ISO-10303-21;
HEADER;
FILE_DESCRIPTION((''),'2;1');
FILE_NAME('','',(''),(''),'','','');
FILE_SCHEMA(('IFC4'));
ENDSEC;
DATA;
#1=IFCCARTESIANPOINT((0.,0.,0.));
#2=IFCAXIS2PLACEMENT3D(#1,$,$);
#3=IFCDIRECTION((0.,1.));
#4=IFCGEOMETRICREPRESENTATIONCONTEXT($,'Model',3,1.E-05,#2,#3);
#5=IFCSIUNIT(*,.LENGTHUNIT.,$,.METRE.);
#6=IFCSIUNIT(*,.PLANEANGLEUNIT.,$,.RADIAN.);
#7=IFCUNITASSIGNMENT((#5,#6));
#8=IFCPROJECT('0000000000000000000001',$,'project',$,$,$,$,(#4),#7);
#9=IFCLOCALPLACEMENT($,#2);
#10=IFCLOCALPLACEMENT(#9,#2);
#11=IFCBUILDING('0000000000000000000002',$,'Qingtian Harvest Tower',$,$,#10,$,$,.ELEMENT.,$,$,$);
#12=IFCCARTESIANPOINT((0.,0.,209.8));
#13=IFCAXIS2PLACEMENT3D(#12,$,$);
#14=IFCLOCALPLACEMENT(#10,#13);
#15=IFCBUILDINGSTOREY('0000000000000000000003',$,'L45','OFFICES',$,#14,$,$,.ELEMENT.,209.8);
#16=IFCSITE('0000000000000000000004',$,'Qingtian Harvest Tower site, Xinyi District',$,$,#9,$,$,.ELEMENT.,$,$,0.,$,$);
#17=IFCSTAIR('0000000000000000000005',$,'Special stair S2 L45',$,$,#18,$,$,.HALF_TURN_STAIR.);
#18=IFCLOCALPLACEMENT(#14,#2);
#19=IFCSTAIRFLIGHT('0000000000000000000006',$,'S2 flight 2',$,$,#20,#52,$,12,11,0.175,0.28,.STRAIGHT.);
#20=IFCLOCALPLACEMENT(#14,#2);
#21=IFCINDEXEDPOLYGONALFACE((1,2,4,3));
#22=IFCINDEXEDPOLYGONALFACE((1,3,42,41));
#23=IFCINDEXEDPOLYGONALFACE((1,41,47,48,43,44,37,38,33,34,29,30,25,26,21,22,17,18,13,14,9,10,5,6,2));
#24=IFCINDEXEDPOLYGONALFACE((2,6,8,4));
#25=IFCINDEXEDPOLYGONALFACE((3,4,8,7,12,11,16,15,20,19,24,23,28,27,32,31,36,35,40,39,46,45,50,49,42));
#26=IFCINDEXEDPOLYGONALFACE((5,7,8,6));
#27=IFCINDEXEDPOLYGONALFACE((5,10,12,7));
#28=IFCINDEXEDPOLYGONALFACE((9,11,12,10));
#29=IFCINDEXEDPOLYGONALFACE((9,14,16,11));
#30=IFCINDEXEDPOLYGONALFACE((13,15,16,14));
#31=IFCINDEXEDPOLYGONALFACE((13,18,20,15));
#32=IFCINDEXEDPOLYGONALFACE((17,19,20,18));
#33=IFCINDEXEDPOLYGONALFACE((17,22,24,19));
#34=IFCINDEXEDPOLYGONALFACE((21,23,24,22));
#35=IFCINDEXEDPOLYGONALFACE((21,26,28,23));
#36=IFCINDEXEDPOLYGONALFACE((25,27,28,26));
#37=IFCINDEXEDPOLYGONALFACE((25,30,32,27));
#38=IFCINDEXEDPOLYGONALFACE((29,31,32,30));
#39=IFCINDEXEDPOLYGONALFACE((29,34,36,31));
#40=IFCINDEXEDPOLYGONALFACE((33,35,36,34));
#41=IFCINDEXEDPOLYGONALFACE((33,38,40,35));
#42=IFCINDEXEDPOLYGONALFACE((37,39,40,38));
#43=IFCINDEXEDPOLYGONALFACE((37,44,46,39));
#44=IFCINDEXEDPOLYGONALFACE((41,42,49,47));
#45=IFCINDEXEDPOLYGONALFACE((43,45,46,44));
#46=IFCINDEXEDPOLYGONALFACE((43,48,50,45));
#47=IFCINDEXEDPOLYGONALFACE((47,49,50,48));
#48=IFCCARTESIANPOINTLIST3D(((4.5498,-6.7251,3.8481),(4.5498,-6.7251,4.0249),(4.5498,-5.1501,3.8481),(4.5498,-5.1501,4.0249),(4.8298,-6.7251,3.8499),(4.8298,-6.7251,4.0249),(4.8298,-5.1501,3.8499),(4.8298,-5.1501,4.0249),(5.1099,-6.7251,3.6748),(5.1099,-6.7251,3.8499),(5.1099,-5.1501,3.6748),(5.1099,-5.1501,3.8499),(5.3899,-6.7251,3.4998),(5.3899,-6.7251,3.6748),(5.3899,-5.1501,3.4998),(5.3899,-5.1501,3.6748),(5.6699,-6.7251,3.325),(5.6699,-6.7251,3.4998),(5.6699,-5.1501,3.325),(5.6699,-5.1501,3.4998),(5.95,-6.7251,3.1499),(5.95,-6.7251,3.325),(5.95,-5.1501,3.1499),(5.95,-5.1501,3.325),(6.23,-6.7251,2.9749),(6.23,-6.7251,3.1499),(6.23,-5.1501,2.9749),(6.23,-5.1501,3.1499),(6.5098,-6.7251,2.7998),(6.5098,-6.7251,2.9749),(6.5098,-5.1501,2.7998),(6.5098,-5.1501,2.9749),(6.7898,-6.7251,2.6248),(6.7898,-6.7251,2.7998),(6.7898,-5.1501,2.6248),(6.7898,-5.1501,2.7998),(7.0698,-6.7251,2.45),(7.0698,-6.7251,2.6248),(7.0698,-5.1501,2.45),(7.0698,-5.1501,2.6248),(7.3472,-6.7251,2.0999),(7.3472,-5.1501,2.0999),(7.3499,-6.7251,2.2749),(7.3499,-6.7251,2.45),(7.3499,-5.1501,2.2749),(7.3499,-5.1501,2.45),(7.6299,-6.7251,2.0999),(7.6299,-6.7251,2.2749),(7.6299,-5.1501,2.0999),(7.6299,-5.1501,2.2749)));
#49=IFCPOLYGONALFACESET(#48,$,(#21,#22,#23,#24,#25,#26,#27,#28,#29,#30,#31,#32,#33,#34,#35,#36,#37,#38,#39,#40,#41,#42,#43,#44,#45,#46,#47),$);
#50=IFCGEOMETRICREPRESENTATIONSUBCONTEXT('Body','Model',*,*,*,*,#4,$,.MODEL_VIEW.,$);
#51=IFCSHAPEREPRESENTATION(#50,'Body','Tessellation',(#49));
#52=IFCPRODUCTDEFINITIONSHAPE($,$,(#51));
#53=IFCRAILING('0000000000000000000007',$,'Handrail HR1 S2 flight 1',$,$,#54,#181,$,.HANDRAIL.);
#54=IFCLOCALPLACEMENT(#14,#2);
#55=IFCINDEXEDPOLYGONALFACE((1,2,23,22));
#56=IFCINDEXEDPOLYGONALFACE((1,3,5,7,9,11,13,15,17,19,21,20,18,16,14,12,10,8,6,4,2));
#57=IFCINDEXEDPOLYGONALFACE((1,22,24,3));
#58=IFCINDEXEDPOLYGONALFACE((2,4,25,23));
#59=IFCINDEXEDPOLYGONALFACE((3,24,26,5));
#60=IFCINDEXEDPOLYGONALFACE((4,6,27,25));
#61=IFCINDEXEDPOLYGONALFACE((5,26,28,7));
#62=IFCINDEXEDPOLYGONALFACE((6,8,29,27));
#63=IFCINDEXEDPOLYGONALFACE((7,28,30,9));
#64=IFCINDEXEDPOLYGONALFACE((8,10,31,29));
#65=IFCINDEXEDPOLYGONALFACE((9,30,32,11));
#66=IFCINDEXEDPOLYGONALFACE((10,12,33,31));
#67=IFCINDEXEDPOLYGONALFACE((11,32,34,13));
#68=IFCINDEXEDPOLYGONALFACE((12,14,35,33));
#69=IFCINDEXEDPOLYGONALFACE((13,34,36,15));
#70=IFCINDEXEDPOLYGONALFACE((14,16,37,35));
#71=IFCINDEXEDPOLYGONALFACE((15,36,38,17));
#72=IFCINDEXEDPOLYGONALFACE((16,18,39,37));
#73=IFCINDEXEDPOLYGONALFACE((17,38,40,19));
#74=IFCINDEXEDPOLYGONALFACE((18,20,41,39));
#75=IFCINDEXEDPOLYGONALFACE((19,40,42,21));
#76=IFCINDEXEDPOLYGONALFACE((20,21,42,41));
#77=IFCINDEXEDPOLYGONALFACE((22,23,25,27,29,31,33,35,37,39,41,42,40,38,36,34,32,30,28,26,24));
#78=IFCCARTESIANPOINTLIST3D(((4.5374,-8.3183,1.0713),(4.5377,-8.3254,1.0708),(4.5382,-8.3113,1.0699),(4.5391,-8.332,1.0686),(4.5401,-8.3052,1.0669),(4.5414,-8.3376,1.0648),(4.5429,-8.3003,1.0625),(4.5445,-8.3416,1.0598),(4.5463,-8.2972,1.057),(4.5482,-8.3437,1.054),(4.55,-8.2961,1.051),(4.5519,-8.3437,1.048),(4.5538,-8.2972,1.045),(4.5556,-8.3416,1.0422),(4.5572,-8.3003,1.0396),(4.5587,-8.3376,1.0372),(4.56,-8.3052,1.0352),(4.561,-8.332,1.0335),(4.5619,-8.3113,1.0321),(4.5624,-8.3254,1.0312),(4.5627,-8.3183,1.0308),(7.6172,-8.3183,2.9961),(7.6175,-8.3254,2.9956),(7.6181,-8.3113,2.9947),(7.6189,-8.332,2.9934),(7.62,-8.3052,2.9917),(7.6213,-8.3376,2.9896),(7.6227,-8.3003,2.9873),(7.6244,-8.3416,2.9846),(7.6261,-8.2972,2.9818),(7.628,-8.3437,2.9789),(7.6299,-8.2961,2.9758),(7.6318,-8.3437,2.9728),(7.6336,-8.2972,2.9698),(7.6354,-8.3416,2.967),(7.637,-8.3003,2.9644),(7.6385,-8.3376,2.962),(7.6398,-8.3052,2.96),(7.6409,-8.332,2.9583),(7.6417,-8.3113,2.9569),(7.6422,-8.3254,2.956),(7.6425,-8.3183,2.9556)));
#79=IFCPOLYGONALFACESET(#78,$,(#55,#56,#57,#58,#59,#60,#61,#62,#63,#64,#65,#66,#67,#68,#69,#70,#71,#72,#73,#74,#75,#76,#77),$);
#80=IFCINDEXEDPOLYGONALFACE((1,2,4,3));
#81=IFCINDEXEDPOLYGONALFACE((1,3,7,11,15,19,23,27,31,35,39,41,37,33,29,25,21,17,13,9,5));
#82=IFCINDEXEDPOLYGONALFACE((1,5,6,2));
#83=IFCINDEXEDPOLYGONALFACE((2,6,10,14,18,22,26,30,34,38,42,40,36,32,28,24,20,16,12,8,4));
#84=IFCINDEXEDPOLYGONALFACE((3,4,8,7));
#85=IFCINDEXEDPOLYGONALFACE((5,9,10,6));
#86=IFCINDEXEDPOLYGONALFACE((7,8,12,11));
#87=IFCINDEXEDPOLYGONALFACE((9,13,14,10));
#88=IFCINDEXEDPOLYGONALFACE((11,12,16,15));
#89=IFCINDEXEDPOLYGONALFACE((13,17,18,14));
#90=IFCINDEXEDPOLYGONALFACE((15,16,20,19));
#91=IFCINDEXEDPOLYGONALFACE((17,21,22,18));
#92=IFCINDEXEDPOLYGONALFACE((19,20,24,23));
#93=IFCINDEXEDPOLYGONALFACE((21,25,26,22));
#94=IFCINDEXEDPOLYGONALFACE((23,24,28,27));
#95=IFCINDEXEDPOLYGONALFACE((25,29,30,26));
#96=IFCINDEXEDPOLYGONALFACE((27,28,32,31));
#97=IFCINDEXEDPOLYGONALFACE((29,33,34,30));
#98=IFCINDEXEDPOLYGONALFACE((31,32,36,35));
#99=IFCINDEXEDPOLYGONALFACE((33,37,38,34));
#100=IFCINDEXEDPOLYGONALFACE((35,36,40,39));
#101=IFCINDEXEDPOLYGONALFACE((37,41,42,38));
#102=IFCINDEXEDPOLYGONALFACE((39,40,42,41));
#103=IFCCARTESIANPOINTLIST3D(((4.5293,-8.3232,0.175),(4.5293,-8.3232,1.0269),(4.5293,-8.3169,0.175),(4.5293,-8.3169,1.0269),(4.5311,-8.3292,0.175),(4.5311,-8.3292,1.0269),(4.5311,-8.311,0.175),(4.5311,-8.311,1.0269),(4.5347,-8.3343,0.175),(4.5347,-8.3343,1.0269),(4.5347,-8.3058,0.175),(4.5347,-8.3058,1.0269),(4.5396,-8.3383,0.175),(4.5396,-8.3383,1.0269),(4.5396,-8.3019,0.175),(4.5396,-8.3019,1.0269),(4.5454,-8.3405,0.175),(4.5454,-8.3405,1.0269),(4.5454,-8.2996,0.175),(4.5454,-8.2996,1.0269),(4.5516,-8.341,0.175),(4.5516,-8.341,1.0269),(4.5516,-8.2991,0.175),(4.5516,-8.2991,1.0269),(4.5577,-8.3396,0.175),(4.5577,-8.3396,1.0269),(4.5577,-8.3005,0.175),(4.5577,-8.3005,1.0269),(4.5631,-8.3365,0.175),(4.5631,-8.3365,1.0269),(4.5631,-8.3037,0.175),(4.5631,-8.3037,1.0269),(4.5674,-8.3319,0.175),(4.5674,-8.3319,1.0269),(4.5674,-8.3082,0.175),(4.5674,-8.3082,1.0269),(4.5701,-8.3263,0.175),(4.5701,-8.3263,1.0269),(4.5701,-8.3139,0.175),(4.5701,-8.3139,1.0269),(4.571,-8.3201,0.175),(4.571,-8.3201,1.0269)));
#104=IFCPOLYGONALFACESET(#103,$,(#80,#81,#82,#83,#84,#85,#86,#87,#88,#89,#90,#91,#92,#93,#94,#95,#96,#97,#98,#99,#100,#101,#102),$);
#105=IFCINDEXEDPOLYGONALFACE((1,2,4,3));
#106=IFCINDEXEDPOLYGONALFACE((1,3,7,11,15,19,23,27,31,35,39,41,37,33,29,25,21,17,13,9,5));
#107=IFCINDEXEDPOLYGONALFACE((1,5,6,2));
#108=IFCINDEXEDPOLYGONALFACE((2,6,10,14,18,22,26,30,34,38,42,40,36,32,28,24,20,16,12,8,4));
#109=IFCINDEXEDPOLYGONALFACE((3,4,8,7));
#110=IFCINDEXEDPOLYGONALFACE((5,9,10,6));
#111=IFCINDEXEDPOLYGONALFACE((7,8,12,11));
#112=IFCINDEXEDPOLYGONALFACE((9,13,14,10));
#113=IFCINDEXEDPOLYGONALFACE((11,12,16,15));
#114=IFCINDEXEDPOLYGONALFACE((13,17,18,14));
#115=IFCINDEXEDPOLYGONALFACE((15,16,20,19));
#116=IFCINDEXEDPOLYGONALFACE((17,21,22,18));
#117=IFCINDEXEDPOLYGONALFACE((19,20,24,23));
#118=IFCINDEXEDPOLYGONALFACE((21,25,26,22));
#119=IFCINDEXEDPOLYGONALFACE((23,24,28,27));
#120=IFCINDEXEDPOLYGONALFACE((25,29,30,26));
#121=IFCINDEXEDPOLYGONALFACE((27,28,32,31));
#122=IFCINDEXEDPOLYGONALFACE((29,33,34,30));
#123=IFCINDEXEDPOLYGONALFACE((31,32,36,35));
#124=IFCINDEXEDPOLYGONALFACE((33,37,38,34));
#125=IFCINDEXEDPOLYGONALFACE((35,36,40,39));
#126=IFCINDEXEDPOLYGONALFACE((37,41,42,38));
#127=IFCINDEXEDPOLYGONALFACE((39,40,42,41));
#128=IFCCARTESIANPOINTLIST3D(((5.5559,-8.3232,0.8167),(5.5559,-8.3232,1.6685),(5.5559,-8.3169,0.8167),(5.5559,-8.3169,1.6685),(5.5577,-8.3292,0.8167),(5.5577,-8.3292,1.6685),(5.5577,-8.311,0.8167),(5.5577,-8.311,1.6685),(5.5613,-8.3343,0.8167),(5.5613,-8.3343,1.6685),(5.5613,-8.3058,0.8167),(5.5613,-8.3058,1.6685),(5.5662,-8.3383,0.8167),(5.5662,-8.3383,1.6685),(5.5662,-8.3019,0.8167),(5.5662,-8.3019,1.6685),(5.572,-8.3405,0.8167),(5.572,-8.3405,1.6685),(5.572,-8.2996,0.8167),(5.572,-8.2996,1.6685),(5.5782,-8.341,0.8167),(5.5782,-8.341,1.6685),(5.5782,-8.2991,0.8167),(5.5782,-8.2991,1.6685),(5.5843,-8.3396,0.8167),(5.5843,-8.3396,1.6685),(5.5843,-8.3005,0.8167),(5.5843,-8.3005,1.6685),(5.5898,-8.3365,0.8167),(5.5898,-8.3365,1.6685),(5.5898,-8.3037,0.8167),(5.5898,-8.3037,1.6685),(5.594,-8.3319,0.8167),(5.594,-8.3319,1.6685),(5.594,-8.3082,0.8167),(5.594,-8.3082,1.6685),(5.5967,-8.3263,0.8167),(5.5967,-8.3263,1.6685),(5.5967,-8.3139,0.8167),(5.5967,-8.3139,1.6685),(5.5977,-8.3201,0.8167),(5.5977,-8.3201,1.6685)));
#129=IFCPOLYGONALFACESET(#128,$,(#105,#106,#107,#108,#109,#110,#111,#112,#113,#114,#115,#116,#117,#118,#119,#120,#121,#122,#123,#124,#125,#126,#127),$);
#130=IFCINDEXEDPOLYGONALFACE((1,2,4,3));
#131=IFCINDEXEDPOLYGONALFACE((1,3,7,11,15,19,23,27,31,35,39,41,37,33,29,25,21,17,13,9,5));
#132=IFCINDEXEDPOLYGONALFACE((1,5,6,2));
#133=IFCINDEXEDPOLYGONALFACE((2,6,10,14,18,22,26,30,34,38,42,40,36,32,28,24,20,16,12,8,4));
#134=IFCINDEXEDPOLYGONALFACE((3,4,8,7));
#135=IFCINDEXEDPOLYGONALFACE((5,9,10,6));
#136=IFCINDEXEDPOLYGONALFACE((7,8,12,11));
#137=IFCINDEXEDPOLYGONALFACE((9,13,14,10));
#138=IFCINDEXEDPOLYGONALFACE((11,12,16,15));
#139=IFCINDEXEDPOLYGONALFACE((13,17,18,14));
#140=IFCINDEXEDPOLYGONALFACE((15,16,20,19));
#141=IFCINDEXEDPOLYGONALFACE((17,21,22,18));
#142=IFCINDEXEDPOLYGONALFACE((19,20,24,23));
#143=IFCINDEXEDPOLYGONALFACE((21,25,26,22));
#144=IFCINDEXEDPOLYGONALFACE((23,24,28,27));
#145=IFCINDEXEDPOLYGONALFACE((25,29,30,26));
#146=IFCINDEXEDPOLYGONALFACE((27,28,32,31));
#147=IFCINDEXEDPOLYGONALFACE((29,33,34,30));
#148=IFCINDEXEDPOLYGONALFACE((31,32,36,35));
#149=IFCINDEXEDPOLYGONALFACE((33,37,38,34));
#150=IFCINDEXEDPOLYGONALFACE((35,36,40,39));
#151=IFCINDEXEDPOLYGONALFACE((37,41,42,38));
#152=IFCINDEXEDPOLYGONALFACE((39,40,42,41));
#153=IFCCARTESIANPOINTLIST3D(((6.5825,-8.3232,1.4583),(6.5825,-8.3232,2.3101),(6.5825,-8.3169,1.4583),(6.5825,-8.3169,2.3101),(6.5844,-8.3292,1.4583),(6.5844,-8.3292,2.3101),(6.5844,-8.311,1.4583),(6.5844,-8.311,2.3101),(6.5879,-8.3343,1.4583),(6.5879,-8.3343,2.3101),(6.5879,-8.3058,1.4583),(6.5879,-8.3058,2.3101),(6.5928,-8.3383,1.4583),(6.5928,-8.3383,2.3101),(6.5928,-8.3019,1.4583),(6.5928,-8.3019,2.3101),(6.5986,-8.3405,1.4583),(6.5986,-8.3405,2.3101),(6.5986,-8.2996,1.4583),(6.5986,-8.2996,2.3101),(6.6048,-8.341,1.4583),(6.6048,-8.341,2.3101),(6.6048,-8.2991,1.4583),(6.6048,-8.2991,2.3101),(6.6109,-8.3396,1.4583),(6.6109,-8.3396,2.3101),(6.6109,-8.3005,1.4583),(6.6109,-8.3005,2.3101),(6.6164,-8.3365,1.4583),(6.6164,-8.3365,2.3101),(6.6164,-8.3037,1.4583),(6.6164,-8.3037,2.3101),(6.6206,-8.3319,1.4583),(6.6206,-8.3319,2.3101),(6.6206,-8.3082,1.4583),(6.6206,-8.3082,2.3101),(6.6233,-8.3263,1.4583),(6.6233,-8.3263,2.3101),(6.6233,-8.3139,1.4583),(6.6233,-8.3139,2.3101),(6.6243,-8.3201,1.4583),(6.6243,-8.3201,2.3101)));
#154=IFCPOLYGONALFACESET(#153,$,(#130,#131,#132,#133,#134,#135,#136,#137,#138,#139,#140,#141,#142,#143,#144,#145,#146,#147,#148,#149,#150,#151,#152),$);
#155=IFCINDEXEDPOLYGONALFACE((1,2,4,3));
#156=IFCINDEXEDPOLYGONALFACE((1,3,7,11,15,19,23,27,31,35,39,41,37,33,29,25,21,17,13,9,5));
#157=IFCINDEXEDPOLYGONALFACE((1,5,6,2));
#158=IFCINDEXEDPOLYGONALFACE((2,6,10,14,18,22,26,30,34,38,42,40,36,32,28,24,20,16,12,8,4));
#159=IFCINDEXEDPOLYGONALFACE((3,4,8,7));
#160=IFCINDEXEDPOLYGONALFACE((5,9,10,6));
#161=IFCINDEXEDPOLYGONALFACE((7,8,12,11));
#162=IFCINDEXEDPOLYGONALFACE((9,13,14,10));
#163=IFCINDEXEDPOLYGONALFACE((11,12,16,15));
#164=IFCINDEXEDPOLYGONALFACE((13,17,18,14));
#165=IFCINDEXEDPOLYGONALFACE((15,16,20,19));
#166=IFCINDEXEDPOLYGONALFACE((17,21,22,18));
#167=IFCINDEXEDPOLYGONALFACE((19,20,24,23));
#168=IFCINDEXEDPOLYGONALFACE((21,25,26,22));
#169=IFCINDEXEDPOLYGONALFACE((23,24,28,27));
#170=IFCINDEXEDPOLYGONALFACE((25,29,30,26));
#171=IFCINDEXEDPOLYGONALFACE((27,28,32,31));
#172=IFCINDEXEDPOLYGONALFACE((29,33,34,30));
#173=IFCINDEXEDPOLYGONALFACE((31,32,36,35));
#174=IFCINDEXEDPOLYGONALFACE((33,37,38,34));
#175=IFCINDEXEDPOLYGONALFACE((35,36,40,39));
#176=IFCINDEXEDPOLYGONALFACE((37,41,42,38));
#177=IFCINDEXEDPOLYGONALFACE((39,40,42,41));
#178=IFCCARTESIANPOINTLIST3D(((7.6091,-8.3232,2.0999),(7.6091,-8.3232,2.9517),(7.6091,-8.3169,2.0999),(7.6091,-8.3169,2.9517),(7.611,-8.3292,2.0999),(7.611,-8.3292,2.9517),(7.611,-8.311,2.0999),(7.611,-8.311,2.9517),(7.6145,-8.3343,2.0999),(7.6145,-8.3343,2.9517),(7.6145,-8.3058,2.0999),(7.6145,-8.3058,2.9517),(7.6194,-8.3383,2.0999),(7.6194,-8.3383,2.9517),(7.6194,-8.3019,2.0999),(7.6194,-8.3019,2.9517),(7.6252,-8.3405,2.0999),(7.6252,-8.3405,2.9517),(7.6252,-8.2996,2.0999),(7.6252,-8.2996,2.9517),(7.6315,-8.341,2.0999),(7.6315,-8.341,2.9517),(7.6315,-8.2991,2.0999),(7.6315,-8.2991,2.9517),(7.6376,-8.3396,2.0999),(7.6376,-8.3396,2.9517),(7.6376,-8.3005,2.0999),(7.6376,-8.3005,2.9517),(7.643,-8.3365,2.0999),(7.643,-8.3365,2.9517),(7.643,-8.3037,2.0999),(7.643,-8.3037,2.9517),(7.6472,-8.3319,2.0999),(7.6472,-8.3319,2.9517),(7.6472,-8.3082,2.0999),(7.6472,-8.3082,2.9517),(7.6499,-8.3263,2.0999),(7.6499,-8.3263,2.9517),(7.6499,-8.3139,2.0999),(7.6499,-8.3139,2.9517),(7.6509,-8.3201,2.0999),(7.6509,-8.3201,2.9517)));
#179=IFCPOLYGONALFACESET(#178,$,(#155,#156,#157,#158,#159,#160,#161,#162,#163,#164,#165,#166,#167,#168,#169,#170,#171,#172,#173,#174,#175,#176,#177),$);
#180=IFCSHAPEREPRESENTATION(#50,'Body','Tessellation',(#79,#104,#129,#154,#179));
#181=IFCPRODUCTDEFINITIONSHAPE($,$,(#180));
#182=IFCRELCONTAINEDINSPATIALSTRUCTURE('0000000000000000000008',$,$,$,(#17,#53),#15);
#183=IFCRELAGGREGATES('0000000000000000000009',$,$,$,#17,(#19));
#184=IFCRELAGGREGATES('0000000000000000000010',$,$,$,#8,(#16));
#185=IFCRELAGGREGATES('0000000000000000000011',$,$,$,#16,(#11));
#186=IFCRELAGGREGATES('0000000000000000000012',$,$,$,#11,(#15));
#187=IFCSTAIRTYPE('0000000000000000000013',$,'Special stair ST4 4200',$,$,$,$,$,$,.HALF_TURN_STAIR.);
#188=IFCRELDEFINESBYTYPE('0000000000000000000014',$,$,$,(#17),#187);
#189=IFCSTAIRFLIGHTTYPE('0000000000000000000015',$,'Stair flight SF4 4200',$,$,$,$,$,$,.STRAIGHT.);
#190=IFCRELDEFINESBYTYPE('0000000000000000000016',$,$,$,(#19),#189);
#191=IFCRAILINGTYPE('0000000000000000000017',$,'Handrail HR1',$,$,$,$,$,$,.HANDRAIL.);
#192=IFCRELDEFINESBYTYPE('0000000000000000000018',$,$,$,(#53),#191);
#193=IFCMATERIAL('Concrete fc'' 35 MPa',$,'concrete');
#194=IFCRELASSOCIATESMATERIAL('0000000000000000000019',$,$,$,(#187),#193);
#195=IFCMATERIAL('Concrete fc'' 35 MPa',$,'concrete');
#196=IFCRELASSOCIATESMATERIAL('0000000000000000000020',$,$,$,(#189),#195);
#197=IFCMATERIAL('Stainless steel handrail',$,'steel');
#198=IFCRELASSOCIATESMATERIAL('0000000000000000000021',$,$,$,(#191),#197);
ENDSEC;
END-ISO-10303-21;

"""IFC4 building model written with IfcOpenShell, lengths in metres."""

from ifc_helpers import new_model, si_unit, direction, frame, origin, origin_2d, place, context, subcontext, project, spatial, polyline, circle, outline, extrude, material, type_object, element, aggregate, save


model = new_model("IFC4")

# Units and contexts
model_context = context("Model", 3, precision=1e-05, world=origin(), true_north=direction((0.0, 1.0)))
body_context = subcontext(model_context, "Body", "Model", "MODEL_VIEW")
ifc_project = project(units=[si_unit("LENGTHUNIT", "METRE"), si_unit("PLANEANGLEUNIT", "RADIAN")], contexts=[model_context])

# Site, building, storey
site_placement = place(None, origin())
site = spatial("IfcSite", under=ifc_project, at=site_placement, Name="Qingtian Harvest Tower site, Xinyi District", CompositionType="ELEMENT", RefElevation=0.0)
building_placement = place(site_placement, origin())
building = spatial("IfcBuilding", under=site, at=building_placement, Name="Qingtian Harvest Tower", CompositionType="ELEMENT")
storey_placement = place(building_placement, frame((0.0, 0.0, 209.8)))
storey = spatial("IfcBuildingStorey", under=building, at=storey_placement, Name="L45", Description="OFFICES", CompositionType="ELEMENT", Elevation=209.8)

# Stair, stair flight
ifc_material_1 = material(Name="Concrete fc' 35 MPa", Category="concrete")
stair_type = type_object("IfcStairType", Name="Special stair ST4 4200", PredefinedType="HALF_TURN_STAIR", material=ifc_material_1)
stair_placement = place(storey_placement, origin())
stair = element("IfcStair", 1, at=stair_placement, inside=storey, type_object=stair_type, Name="Special stair S2 L45", PredefinedType="HALF_TURN_STAIR")
ifc_material_2 = material(Name="Concrete fc' 35 MPa", Category="concrete")
stair_flight_type = type_object("IfcStairFlightType", Name="Stair flight SF4 4200", PredefinedType="STRAIGHT", material=ifc_material_2)
stair_flight_1_placement = place(storey_placement, frame((7.6299, -5.9375, 2.0999), z_axis=(0.0, 0.0, 1.0), x_axis=(-1.0, 0.0, 0.0)))
stair_flight_1 = element("IfcStairFlight", 2, at=stair_flight_1_placement, type_object=stair_flight_type, Name="S2 flight 2", NumberOfRisers=12, NumberOfTreads=11, PredefinedType="STRAIGHT", RiserHeight=0.175, TreadLength=0.28, context=body_context, shape_type="SweptSolid", body=[
    extrude(outline(polyline([(0.0, 0.0), (0.0, 0.175), (0.28, 0.175), (0.28, 0.3501), (0.5601, 0.3501), (0.5601, 0.5249), (0.8401, 0.5249), (0.8401, 0.7), (1.1201, 0.7), (1.1201, 0.875), (1.3999, 0.875), (1.3999, 1.05), (1.6799, 1.05), (1.6799, 1.2251), (1.96, 1.2251), (1.96, 1.3999), (2.24, 1.3999), (2.24, 1.575), (2.52, 1.575), (2.52, 1.75), (2.8, 1.75), (2.8, 1.925), (3.0801, 1.925), (3.0801, 2.1001), (3.0801, 1.7483), (0.2827, 0.0), (0.0, 0.0)])), frame((0.0, 0.7876, 0.0), z_axis=(0.0, -1.0, 0.0), x_axis=(1.0, 0.0, 0.0)), (0.0, 0.0, 1.0), 1.575),
])
aggregate(stair, [stair_flight_1])

# Railing
ifc_material_3 = material(Name="Stainless steel handrail", Category="steel")
railing_type = type_object("IfcRailingType", Name="Handrail HR1", PredefinedType="HANDRAIL", material=ifc_material_3)
railing_1_placement = place(storey_placement, frame((4.55, -8.3201, 0.175)))
element("IfcRailing", 3, at=railing_1_placement, inside=storey, type_object=railing_type, Name="Handrail HR1 S2 flight 1", PredefinedType="HANDRAIL", context=body_context, shape_type="SweptSolid", body=[
    extrude(circle(Radius=0.0239, at=origin_2d()), frame((0.0, 0.0, 0.876), z_axis=(0.84801, 0.0, 0.529981), x_axis=(0.0, 1.0, 0.0)), (0.0, 0.0, 1.0), 3.6318),
    extrude(circle(Radius=0.021, at=origin_2d()), origin(), (0.0, 0.0, 1.0), 0.8518),
    extrude(circle(Radius=0.021, at=origin_2d()), frame((1.0266, 0.0, 0.6416)), (0.0, 0.0, 1.0), 0.8518),
    extrude(circle(Radius=0.021, at=origin_2d()), frame((2.0532, 0.0, 1.2832)), (0.0, 0.0, 1.0), 0.8518),
    extrude(circle(Radius=0.021, at=origin_2d()), frame((3.0798, 0.0, 1.9248)), (0.0, 0.0, 1.0), 0.8518),
])

save(model, "model.ifc")
